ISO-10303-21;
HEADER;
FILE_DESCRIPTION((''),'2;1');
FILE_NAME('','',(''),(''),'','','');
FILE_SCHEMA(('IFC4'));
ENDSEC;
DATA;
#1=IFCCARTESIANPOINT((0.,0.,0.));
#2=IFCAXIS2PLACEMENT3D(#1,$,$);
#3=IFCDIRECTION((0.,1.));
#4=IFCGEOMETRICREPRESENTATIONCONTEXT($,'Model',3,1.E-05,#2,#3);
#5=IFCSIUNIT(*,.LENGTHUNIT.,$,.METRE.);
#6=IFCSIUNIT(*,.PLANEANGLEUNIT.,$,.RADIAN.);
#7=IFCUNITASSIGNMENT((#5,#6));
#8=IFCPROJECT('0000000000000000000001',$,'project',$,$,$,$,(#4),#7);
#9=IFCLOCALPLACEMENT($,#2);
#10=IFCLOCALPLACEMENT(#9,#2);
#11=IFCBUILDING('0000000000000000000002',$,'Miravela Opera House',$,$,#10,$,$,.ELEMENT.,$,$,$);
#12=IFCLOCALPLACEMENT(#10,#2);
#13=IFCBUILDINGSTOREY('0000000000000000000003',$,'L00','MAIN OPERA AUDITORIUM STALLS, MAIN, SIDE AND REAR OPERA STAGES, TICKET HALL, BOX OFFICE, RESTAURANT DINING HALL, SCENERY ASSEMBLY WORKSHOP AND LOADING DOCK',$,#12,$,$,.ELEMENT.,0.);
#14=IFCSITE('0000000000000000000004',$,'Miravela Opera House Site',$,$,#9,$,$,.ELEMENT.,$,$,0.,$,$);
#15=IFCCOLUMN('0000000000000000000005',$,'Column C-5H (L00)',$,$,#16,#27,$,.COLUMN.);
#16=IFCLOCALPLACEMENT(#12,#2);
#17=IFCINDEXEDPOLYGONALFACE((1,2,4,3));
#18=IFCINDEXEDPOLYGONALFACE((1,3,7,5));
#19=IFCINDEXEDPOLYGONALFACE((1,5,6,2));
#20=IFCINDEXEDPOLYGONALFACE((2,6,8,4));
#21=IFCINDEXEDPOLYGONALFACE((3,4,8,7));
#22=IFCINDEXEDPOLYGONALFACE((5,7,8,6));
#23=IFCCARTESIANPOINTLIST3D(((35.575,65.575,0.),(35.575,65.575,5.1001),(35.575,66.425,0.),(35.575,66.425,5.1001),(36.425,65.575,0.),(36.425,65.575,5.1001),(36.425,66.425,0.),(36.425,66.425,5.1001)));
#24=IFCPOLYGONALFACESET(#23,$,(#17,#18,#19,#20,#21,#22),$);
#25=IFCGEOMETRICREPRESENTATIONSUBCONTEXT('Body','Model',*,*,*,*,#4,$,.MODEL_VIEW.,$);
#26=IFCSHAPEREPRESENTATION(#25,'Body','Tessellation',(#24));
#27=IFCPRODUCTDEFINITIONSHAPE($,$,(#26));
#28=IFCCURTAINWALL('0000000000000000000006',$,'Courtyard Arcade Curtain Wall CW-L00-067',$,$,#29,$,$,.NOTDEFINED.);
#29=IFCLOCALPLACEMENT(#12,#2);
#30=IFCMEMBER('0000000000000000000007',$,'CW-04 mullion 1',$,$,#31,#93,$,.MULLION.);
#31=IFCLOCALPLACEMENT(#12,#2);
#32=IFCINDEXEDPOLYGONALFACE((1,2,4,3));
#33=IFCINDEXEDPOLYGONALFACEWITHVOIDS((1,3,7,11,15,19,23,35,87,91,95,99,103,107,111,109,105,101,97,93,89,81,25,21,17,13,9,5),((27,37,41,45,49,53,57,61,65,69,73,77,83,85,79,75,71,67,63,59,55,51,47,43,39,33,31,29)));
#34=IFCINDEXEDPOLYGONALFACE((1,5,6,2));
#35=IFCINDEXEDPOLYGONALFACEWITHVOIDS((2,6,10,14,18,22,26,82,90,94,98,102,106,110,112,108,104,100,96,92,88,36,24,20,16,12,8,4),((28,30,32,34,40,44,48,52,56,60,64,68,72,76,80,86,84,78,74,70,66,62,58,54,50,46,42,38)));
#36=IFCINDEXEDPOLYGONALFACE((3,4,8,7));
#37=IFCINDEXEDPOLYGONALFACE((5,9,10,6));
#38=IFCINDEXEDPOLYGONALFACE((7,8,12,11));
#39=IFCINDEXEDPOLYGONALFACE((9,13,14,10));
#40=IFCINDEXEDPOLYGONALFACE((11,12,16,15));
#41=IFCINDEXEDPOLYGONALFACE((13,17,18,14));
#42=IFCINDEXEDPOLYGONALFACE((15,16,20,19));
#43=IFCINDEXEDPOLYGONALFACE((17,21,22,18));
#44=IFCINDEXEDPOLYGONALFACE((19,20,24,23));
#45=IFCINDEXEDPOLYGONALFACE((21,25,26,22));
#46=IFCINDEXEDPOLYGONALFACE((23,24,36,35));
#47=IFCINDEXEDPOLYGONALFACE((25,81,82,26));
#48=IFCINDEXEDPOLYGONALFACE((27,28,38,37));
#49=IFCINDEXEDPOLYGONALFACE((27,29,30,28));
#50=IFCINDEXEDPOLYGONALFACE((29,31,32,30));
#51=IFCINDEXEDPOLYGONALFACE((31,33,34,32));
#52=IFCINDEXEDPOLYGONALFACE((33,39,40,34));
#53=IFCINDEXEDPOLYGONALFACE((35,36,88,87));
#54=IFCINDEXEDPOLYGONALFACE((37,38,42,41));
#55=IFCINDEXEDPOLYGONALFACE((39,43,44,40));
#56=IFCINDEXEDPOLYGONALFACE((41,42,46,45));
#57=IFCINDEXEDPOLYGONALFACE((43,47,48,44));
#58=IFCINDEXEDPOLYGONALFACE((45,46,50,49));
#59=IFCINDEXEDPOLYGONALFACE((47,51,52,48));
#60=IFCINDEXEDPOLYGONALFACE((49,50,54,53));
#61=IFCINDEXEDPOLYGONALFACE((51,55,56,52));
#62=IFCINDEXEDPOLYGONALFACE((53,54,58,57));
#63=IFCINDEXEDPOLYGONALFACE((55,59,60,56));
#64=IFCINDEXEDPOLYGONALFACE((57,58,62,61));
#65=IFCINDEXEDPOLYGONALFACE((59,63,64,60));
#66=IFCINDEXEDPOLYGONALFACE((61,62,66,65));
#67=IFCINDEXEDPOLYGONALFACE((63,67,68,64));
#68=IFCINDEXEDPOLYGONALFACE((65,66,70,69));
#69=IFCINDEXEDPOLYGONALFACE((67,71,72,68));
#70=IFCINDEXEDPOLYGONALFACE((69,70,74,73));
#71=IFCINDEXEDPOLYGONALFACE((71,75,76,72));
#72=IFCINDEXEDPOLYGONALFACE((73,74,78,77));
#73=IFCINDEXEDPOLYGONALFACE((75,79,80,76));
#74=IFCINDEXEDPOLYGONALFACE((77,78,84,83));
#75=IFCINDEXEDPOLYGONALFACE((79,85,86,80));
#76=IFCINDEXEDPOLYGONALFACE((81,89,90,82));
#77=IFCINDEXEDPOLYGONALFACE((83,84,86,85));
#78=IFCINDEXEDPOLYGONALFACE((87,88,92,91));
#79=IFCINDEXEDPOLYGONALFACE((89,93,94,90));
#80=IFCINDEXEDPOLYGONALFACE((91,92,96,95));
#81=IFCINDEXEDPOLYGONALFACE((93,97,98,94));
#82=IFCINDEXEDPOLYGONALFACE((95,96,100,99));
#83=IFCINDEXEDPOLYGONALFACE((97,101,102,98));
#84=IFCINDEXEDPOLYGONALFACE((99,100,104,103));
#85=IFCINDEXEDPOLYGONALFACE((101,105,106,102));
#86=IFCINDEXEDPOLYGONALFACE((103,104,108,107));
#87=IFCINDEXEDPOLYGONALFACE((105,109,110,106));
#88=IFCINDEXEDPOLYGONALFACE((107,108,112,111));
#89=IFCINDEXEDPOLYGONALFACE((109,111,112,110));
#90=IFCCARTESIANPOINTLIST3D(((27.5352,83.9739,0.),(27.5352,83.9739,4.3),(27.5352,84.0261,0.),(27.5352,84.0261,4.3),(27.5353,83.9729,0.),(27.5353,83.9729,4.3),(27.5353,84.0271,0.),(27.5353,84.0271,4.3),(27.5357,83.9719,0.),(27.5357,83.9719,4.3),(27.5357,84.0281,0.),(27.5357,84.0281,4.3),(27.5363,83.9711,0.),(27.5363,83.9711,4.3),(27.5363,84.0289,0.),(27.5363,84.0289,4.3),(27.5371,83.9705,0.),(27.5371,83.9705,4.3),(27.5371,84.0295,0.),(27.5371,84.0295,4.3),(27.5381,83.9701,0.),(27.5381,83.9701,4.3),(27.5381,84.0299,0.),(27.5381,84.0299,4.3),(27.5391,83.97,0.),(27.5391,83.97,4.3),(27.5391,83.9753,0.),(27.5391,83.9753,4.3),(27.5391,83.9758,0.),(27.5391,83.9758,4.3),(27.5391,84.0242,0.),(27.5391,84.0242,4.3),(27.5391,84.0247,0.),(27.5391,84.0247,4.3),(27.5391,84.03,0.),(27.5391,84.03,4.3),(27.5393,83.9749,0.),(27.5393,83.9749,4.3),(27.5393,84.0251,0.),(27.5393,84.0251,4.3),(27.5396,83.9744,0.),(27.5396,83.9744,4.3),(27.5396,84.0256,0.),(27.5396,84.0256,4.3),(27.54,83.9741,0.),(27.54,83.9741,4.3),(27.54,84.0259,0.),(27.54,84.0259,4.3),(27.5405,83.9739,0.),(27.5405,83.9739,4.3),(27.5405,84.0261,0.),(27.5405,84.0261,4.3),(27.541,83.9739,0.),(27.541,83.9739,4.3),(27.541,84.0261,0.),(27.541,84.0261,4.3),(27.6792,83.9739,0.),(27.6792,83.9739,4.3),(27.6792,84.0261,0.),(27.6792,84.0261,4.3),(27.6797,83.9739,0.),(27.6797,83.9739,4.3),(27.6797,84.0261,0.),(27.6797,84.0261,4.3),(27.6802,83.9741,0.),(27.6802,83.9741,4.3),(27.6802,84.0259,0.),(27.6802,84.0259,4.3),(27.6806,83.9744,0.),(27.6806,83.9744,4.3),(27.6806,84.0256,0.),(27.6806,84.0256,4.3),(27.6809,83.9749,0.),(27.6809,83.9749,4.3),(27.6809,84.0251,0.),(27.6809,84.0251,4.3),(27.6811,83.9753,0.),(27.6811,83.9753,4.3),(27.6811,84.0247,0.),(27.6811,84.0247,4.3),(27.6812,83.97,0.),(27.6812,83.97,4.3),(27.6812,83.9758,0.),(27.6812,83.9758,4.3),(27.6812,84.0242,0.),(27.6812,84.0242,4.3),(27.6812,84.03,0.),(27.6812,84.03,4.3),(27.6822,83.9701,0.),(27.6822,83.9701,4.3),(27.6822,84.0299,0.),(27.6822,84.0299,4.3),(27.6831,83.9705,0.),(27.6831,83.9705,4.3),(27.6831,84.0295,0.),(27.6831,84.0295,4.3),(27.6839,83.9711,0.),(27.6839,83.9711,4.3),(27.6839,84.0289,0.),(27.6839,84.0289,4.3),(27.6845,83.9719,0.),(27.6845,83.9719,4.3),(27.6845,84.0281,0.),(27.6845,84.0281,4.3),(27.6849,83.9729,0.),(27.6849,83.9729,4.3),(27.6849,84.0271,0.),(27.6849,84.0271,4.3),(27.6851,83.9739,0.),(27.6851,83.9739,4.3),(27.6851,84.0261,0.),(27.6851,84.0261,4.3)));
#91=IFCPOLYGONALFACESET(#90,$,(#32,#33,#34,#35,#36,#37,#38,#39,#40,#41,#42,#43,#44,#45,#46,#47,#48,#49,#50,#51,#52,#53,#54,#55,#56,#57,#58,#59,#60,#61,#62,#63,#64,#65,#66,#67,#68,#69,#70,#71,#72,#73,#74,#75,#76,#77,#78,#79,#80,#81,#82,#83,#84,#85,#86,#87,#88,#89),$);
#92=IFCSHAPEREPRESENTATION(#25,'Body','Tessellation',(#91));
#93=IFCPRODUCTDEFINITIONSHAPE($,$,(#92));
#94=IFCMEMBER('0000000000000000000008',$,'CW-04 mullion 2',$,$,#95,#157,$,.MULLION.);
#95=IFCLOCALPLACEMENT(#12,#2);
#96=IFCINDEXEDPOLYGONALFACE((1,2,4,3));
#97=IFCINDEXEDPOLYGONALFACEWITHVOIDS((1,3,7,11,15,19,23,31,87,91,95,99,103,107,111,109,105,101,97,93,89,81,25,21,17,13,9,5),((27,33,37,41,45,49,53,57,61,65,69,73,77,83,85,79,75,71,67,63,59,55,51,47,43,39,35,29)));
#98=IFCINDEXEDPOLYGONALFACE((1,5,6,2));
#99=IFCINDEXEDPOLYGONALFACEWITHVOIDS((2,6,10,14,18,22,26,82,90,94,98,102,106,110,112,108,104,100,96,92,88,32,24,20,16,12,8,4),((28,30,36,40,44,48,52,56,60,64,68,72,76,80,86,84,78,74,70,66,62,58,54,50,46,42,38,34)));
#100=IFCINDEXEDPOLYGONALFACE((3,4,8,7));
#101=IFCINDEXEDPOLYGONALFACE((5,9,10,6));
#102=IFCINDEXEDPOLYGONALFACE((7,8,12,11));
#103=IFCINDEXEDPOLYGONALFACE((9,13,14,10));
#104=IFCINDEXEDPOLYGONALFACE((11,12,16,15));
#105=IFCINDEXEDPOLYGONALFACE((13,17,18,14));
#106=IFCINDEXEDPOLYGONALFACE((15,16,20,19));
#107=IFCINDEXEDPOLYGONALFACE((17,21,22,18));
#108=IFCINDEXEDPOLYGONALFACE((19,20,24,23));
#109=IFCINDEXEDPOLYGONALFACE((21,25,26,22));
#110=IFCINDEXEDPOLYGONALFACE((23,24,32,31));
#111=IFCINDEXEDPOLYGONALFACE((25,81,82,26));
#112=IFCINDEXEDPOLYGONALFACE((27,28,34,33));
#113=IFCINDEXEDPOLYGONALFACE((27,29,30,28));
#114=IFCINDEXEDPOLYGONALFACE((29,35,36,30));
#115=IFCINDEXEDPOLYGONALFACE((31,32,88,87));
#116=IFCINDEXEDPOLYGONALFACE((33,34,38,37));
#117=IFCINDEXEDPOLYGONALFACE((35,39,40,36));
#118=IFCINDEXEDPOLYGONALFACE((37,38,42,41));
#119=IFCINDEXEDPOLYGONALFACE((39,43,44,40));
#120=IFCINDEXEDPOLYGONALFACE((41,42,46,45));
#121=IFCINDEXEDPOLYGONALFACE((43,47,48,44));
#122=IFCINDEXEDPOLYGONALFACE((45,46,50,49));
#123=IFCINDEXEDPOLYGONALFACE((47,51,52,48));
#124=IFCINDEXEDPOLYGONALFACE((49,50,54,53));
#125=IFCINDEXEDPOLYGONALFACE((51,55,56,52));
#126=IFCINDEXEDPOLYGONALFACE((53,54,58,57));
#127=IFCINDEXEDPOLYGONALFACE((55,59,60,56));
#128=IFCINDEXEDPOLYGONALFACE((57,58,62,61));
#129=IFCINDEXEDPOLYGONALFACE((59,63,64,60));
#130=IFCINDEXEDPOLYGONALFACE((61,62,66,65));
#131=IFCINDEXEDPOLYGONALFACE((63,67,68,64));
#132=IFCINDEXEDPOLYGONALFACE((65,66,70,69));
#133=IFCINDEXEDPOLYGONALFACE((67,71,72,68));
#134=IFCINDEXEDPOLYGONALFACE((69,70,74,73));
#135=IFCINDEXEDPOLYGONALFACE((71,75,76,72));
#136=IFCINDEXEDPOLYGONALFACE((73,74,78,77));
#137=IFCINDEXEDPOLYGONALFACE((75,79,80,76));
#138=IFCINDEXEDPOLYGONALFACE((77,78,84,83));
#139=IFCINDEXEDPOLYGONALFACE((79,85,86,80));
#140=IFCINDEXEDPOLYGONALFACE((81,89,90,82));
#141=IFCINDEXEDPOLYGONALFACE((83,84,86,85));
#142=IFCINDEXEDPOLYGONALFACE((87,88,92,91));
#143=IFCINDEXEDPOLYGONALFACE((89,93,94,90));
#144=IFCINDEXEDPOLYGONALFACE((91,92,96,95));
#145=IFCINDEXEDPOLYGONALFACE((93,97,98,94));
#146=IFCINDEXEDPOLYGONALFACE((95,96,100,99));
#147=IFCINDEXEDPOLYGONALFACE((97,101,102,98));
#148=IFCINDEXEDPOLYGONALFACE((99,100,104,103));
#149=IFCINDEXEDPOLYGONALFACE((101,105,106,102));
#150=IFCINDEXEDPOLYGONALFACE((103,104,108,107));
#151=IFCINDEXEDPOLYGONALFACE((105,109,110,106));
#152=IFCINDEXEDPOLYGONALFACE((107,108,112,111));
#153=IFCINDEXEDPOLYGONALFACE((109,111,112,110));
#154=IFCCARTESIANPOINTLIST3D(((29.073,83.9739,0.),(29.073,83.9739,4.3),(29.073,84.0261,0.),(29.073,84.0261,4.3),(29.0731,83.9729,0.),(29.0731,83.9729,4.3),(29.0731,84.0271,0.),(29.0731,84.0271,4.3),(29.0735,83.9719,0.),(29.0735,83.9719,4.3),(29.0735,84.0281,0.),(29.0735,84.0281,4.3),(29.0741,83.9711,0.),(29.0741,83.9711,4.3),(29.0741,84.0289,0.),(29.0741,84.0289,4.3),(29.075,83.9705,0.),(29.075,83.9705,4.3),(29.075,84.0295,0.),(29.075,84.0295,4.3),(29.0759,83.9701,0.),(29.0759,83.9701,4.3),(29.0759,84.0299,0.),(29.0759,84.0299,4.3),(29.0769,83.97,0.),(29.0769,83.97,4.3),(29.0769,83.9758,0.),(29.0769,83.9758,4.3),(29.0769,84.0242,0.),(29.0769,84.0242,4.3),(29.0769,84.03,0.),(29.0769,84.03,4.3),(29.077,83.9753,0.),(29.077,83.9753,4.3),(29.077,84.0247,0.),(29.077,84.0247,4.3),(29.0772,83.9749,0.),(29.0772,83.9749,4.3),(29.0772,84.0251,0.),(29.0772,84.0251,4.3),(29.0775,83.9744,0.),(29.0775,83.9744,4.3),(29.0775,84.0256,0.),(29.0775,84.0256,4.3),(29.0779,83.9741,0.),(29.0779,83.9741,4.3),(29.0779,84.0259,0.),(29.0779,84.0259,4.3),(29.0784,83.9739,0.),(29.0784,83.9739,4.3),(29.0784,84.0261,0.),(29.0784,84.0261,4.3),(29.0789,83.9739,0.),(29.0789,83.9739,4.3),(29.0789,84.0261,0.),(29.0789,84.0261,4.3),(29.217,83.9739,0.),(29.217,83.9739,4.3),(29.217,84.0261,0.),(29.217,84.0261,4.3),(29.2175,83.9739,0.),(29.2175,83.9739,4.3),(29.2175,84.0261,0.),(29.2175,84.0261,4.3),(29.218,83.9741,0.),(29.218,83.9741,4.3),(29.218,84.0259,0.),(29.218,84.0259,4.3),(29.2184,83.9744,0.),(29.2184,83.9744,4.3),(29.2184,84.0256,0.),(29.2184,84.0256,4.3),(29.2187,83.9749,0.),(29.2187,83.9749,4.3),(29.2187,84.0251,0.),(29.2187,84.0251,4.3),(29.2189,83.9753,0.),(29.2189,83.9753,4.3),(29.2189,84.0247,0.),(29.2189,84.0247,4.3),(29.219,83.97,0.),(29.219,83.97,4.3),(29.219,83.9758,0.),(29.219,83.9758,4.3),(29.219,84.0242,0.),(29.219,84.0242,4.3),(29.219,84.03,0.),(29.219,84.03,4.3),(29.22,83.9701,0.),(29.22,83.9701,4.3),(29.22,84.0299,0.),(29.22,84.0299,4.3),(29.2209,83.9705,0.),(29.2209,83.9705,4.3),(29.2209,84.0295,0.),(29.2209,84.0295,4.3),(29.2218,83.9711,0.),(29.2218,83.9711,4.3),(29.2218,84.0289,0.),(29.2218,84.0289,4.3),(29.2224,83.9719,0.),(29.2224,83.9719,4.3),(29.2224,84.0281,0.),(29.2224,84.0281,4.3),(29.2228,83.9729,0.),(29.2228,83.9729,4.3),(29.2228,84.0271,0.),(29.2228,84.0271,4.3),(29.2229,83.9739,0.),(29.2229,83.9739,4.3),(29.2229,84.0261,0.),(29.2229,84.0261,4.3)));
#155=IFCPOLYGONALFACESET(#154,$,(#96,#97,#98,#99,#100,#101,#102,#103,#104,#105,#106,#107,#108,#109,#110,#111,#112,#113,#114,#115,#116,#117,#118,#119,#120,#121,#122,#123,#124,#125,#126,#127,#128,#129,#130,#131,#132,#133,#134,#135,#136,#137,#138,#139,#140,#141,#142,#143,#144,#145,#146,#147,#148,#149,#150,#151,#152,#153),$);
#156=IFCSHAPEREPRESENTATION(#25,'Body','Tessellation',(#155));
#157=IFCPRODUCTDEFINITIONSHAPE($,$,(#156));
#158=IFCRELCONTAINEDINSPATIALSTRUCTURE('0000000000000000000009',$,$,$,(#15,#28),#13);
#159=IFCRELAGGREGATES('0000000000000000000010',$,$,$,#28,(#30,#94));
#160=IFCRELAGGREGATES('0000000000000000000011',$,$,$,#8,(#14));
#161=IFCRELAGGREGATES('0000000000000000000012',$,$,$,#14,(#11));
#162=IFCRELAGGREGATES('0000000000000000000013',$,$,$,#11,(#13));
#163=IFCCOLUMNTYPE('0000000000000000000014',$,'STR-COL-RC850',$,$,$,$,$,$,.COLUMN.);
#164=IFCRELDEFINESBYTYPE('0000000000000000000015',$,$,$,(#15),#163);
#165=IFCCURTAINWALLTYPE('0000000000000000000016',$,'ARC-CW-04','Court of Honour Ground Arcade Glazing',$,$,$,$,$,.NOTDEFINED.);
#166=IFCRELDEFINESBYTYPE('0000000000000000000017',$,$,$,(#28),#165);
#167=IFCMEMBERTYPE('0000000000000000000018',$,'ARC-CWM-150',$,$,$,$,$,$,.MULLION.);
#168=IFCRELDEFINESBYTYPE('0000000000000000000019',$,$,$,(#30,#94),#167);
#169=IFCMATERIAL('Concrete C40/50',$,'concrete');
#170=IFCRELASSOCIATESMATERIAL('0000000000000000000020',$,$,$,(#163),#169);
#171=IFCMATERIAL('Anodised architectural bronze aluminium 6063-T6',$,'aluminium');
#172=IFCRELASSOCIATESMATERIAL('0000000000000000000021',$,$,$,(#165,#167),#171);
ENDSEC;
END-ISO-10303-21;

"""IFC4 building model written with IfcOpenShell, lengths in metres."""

from ifc_helpers import new_model, si_unit, direction, frame, origin, origin_2d, place, context, subcontext, project, spatial, rectangle, hollow_rectangle, extrude, material, material_profile, profile_set, type_object, element, aggregate, save


model = new_model("IFC4")

# Units and contexts
model_context = context("Model", 3, precision=1e-05, world=origin(), true_north=direction((0.0, 1.0)))
body_context = subcontext(model_context, "Body", "Model", "MODEL_VIEW")
ifc_project = project(units=[si_unit("LENGTHUNIT", "METRE"), si_unit("PLANEANGLEUNIT", "RADIAN")], contexts=[model_context])

# Site, building, storey
site_placement = place(None, origin())
site = spatial("IfcSite", under=ifc_project, at=site_placement, Name="Miravela Opera House Site", CompositionType="ELEMENT", RefElevation=0.0)
building_placement = place(site_placement, origin())
building = spatial("IfcBuilding", under=site, at=building_placement, Name="Miravela Opera House", CompositionType="ELEMENT")
storey_placement = place(building_placement, origin())
storey = spatial("IfcBuildingStorey", under=building, at=storey_placement, Name="L00", Description="MAIN OPERA AUDITORIUM STALLS, MAIN, SIDE AND REAR OPERA STAGES, TICKET HALL, BOX OFFICE, RESTAURANT DINING HALL, SCENERY ASSEMBLY WORKSHOP AND LOADING DOCK", CompositionType="ELEMENT", Elevation=0.0)

# Column
ifc_material_1 = material(Name="Concrete C40/50", Category="concrete")
ifc_material_profile_1 = material_profile(ifc_material_1, rectangle(XDim=0.8501, YDim=0.8501, at=origin_2d()), Name="RC-COL-850X850")
ifc_profile_set_1 = profile_set([ifc_material_profile_1])
column_type = type_object("IfcColumnType", Name="STR-COL-RC850", PredefinedType="COLUMN", material=ifc_profile_set_1)
column_placement = place(storey_placement, frame((36.0, 66.0, 0.0), z_axis=(0.0, 0.0, 1.0), x_axis=(1.0, 0.0, 0.0)))
element("IfcColumn", 1, at=column_placement, inside=storey, type_object=column_type, Name="Column C-5H (L00)", PredefinedType="COLUMN", context=body_context, shape_type="SweptSolid", body=[
    extrude(rectangle(XDim=0.8501, YDim=0.8501, at=origin_2d()), origin(), (0.0, 0.0, 1.0), 5.1001),
])

# Curtain wall, members
ifc_material_2 = material(Name="Anodised architectural bronze aluminium 6063-T6", Category="aluminium")
curtain_wall_type = type_object("IfcCurtainWallType", Name="ARC-CW-04", Description="Court of Honour Ground Arcade Glazing", PredefinedType="NOTDEFINED", material=ifc_material_2)
curtain_wall_placement = place(storey_placement, origin())
curtain_wall = element("IfcCurtainWall", 2, at=curtain_wall_placement, inside=storey, type_object=curtain_wall_type, Name="Courtyard Arcade Curtain Wall CW-L00-067", PredefinedType="NOTDEFINED")
ifc_material_profile_2 = material_profile(ifc_material_2, hollow_rectangle(XDim=0.0601, YDim=0.1499, WallThickness=0.0039, InnerFilletRadius=0.002, OuterFilletRadius=0.0039, at=origin_2d()), Name="CWM-60X150")
ifc_profile_set_2 = profile_set([ifc_material_profile_2])
member_type_1 = type_object("IfcMemberType", Name="ARC-CWM-150", PredefinedType="MULLION", material=ifc_profile_set_2)
member_1_placement = place(storey_placement, frame((27.6101, 84.0, 0.0), z_axis=(0.0, 0.0, 1.0), x_axis=(0.0, 1.0, 0.0)))
member_1 = element("IfcMember", 3, at=member_1_placement, type_object=member_type_1, Name="CW-04 mullion 1", PredefinedType="MULLION", context=body_context, shape_type="SweptSolid", body=[
    extrude(hollow_rectangle(XDim=0.0601, YDim=0.1499, WallThickness=0.0039, InnerFilletRadius=0.002, OuterFilletRadius=0.0039, at=origin_2d()), origin(), (0.0, 0.0, 1.0), 4.3),
])
member_2_placement = place(storey_placement, frame((29.1479, 84.0, 0.0), z_axis=(0.0, 0.0, 1.0), x_axis=(0.0, 1.0, 0.0)))
member_2 = element("IfcMember", 4, at=member_2_placement, type_object=member_type_1, Name="CW-04 mullion 2", PredefinedType="MULLION", context=body_context, shape_type="SweptSolid", body=[
    extrude(hollow_rectangle(XDim=0.0601, YDim=0.1499, WallThickness=0.0039, InnerFilletRadius=0.002, OuterFilletRadius=0.0039, at=origin_2d()), origin(), (0.0, 0.0, 1.0), 4.3),
])

aggregate(curtain_wall, [member_1, member_2])

save(model, "model.ifc")
